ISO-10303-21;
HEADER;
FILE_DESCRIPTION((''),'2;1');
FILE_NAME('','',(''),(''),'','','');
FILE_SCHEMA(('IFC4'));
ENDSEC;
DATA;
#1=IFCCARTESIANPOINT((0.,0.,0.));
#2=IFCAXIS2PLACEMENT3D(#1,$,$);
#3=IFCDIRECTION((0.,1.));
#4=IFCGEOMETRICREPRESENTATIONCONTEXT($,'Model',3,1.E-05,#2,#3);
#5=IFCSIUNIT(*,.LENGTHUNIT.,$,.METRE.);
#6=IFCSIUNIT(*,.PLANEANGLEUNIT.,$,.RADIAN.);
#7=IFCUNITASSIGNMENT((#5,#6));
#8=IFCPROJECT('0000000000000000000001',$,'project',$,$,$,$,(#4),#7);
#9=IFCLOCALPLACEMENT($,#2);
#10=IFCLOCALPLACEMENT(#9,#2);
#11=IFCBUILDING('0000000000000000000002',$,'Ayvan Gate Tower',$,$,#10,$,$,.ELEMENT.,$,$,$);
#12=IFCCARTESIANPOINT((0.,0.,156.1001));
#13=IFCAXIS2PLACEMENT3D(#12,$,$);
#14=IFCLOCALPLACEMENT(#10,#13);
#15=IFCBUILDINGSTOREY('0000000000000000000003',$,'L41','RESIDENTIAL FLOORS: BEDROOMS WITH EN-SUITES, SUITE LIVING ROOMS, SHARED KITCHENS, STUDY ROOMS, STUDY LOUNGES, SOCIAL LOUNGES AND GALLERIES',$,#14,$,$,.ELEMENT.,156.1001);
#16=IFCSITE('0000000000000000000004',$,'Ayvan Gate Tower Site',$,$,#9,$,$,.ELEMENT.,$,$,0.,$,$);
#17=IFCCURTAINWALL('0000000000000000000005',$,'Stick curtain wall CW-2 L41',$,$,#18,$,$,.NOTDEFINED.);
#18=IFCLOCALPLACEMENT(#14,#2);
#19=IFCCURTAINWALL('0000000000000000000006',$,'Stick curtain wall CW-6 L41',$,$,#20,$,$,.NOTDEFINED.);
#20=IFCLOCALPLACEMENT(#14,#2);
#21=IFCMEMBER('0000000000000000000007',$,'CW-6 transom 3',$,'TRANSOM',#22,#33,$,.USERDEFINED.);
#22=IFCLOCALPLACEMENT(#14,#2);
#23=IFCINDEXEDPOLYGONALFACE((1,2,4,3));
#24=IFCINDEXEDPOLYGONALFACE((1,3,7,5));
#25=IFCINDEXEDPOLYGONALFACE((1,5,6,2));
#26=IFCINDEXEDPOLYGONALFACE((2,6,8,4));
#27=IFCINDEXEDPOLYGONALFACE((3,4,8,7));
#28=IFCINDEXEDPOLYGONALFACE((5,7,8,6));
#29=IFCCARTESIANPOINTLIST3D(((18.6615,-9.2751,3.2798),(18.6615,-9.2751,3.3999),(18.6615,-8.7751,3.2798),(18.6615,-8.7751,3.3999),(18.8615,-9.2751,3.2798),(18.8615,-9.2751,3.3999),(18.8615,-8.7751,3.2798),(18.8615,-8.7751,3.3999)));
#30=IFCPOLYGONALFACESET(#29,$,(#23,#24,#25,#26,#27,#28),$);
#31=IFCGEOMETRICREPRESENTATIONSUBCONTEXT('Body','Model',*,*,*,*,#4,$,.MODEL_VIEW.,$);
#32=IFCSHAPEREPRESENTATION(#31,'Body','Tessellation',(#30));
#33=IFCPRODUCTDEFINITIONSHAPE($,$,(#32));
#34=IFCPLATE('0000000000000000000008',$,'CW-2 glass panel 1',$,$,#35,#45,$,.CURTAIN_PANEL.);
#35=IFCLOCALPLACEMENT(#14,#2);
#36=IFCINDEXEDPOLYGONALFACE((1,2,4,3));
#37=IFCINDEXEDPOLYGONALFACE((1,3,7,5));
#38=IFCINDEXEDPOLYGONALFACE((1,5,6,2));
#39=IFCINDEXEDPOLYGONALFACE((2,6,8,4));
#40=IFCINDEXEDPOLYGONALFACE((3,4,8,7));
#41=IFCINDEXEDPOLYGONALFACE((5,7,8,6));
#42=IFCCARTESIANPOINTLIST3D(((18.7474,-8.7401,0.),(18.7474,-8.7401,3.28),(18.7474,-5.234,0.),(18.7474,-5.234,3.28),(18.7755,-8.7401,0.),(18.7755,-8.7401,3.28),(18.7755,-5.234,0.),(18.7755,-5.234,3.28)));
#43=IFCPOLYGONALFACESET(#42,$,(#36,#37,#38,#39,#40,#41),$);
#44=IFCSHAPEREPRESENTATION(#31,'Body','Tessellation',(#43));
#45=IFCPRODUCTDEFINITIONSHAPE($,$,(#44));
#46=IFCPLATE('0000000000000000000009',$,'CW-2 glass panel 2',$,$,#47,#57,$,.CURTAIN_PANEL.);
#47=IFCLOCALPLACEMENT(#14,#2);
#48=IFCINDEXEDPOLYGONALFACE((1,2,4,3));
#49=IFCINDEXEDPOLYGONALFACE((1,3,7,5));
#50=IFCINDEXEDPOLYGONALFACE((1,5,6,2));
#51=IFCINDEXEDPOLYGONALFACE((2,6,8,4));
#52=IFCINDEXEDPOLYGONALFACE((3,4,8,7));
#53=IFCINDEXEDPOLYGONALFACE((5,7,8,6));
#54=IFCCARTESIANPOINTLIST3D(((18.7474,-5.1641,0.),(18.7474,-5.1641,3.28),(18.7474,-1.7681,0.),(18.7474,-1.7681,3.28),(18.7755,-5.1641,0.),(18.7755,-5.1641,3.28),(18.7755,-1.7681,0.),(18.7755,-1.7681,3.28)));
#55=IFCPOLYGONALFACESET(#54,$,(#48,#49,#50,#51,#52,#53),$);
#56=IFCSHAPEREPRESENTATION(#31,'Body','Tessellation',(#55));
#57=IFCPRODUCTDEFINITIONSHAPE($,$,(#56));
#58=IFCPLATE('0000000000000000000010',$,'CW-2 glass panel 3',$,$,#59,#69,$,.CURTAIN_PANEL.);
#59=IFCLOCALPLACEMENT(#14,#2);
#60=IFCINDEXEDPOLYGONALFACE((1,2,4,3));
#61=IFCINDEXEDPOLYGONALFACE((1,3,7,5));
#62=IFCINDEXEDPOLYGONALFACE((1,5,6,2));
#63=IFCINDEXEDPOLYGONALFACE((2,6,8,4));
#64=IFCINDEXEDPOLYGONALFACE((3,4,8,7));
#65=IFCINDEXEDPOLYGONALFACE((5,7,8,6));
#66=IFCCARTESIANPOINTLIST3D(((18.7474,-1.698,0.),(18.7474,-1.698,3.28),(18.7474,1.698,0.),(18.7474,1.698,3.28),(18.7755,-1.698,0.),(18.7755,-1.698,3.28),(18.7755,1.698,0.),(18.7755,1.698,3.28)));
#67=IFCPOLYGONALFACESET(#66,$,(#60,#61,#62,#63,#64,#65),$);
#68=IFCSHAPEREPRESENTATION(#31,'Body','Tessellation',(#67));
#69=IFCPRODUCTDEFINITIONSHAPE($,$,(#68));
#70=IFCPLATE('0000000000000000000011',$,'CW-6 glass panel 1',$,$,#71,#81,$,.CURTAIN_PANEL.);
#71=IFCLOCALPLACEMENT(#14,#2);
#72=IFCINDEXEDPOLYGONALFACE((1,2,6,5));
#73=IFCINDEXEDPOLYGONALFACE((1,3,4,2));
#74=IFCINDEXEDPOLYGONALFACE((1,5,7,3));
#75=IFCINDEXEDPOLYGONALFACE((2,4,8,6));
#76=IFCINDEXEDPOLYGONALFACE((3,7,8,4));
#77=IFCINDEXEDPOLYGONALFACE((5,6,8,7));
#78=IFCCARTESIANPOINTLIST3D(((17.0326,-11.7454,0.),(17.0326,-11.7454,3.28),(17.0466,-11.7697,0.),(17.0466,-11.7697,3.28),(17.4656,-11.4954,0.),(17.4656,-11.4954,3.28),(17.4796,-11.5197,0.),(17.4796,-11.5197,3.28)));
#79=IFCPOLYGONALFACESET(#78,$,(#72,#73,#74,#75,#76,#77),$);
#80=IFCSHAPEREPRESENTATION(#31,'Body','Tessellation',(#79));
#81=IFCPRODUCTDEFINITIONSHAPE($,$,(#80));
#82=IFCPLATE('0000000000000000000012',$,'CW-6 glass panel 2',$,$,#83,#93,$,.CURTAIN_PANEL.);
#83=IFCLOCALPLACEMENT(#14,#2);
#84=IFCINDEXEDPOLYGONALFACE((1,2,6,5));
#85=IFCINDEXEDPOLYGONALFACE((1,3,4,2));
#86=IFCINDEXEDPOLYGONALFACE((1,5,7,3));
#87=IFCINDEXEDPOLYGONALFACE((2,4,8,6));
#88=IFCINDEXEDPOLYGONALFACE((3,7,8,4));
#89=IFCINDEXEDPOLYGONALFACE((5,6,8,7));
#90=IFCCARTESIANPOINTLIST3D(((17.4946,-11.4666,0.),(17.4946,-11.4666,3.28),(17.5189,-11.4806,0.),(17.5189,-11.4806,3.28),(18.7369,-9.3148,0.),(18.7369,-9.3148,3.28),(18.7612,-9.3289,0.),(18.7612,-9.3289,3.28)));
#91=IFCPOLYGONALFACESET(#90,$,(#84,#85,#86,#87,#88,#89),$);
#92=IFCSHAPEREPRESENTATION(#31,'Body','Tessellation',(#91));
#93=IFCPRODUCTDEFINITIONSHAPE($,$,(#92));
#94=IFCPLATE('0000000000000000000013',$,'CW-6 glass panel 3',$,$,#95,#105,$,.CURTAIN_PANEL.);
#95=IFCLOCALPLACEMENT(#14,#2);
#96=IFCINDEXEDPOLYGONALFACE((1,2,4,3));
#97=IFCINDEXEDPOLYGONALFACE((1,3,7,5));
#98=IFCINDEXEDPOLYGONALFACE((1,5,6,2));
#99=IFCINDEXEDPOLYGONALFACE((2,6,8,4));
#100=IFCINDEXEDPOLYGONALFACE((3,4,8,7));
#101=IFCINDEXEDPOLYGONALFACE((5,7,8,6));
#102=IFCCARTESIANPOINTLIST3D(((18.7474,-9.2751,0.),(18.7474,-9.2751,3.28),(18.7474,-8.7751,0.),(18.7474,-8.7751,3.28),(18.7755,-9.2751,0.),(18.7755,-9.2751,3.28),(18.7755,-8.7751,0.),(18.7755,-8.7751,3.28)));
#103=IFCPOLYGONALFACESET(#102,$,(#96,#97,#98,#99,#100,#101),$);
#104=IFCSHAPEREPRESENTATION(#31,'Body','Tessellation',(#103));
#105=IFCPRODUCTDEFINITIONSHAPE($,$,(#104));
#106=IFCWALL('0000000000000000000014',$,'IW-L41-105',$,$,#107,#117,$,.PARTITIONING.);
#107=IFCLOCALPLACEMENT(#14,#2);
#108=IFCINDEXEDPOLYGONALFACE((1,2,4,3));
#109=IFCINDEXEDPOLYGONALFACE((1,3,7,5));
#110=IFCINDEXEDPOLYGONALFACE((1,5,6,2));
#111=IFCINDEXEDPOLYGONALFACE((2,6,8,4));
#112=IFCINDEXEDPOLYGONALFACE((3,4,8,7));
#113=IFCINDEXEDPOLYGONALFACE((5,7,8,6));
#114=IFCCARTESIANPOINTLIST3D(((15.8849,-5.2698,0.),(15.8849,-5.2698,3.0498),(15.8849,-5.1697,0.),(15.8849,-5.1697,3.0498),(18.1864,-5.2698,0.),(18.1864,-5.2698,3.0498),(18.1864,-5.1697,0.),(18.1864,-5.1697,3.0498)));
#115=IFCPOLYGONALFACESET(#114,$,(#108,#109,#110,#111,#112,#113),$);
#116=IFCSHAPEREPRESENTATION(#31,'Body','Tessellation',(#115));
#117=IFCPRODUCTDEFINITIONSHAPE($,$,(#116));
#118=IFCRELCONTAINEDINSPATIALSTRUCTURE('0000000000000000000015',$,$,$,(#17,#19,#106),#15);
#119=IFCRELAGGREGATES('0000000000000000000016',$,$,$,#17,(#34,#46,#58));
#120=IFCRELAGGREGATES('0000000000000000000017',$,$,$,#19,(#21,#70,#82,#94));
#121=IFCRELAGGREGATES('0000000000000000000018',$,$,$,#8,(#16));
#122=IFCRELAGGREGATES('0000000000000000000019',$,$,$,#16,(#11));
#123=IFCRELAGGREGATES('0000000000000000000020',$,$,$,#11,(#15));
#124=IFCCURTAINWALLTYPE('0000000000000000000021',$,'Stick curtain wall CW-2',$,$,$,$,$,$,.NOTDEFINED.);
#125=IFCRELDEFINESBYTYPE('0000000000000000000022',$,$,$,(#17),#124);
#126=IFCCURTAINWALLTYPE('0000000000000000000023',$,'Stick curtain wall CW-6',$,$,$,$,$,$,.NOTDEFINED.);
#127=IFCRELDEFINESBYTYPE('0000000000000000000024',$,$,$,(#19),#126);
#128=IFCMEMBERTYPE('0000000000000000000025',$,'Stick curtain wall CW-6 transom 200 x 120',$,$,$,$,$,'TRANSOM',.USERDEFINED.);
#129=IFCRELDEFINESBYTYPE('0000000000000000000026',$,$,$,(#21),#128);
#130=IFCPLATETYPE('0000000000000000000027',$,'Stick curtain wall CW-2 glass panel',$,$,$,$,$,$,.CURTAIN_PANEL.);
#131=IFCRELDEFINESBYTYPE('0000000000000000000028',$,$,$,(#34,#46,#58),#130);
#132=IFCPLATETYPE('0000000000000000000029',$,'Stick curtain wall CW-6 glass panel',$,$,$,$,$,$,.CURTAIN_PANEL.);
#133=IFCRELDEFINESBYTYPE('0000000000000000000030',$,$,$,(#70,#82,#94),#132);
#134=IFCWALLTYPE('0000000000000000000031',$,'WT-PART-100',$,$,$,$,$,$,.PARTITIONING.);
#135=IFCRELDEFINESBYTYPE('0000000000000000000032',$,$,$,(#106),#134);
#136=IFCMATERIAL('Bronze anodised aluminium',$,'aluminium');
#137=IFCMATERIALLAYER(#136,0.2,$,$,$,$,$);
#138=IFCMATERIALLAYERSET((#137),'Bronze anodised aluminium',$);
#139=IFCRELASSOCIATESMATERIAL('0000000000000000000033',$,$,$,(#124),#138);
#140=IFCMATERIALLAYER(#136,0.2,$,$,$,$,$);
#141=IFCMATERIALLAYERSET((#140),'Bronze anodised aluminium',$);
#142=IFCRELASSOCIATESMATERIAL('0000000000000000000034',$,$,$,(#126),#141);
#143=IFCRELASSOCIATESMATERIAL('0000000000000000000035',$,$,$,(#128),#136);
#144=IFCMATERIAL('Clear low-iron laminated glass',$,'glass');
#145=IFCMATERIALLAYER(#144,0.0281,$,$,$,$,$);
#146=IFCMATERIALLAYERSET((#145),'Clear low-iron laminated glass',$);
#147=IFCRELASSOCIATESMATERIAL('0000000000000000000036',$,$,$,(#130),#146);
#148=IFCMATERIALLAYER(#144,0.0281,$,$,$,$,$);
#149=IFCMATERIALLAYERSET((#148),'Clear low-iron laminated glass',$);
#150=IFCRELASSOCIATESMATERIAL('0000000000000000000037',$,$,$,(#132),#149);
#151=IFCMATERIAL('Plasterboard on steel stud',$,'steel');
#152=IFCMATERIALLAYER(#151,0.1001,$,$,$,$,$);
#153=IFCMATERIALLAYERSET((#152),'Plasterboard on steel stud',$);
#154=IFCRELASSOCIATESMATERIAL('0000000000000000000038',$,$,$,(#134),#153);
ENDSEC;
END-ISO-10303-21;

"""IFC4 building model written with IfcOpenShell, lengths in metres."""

from ifc_helpers import new_model, si_unit, direction, frame, frame_2d, origin, origin_2d, place, context, subcontext, project, spatial, rectangle, extrude, material, layer, layer_set, material_profile, profile_set, type_object, element, aggregate, save


model = new_model("IFC4")

# Units and contexts
model_context = context("Model", 3, precision=1e-05, world=origin(), true_north=direction((0.0, 1.0)))
body_context = subcontext(model_context, "Body", "Model", "MODEL_VIEW")
ifc_project = project(units=[si_unit("LENGTHUNIT", "METRE"), si_unit("PLANEANGLEUNIT", "RADIAN")], contexts=[model_context])

# Site, building, storey
site_placement = place(None, origin())
site = spatial("IfcSite", under=ifc_project, at=site_placement, Name="Ayvan Gate Tower Site", CompositionType="ELEMENT", RefElevation=0.0)
building_placement = place(site_placement, origin())
building = spatial("IfcBuilding", under=site, at=building_placement, Name="Ayvan Gate Tower", CompositionType="ELEMENT")
storey_placement = place(building_placement, frame((0.0, 0.0, 156.1001)))
storey = spatial("IfcBuildingStorey", under=building, at=storey_placement, Name="L41", Description="RESIDENTIAL FLOORS: BEDROOMS WITH EN-SUITES, SUITE LIVING ROOMS, SHARED KITCHENS, STUDY ROOMS, STUDY LOUNGES, SOCIAL LOUNGES AND GALLERIES", CompositionType="ELEMENT", Elevation=156.1001)

# Curtain walls, member
ifc_material_1 = material(Name="Bronze anodised aluminium", Category="aluminium")
ifc_layer_1 = layer(ifc_material_1, 0.2)
ifc_layer_set_1 = layer_set([ifc_layer_1], Name="Bronze anodised aluminium")
curtain_wall_type_1 = type_object("IfcCurtainWallType", Name="Stick curtain wall CW-2", PredefinedType="NOTDEFINED", material=ifc_layer_set_1)
curtain_wall_1_placement = place(storey_placement, origin())
curtain_wall_1 = element("IfcCurtainWall", 1, at=curtain_wall_1_placement, inside=storey, type_object=curtain_wall_type_1, Name="Stick curtain wall CW-2 L41", PredefinedType="NOTDEFINED")
ifc_layer_2 = layer(ifc_material_1, 0.2)
ifc_layer_set_2 = layer_set([ifc_layer_2], Name="Bronze anodised aluminium")
curtain_wall_type_2 = type_object("IfcCurtainWallType", Name="Stick curtain wall CW-6", PredefinedType="NOTDEFINED", material=ifc_layer_set_2)
curtain_wall_2_placement = place(storey_placement, origin())
curtain_wall_2 = element("IfcCurtainWall", 2, at=curtain_wall_2_placement, inside=storey, type_object=curtain_wall_type_2, Name="Stick curtain wall CW-6 L41", PredefinedType="NOTDEFINED")
ifc_material_profile_1 = material_profile(ifc_material_1, rectangle(XDim=0.2, YDim=0.1201, at=origin_2d()), Name="Stick curtain wall CW-6 transom 200 x 120")
ifc_profile_set_1 = profile_set([ifc_material_profile_1], Name="Bronze anodised aluminium")
member_type_1 = type_object("IfcMemberType", Name="Stick curtain wall CW-6 transom 200 x 120", ElementType="TRANSOM", PredefinedType="USERDEFINED", material=ifc_profile_set_1)
member_1_placement = place(storey_placement, frame((18.7615, -9.2751, 3.3398), z_axis=(0.0, 1.0, 0.0), x_axis=(-1.0, 0.0, 0.0)))
member_1 = element("IfcMember", 3, at=member_1_placement, type_object=member_type_1, Name="CW-6 transom 3", ObjectType="TRANSOM", PredefinedType="USERDEFINED", context=body_context, shape_type="SweptSolid", body=[
    extrude(rectangle(XDim=0.2, YDim=0.1201, at=origin_2d()), origin(), (0.0, 0.0, 1.0), 0.5),
])

# Plates
ifc_material_2 = material(Name="Clear low-iron laminated glass", Category="glass")
ifc_layer_3 = layer(ifc_material_2, 0.0281)
ifc_layer_set_3 = layer_set([ifc_layer_3], Name="Clear low-iron laminated glass")
plate_type_1 = type_object("IfcPlateType", Name="Stick curtain wall CW-2 glass panel", PredefinedType="CURTAIN_PANEL", material=ifc_layer_set_3)
plate_1_placement = place(storey_placement, frame((18.7615, -6.9871, 0.0), z_axis=(0.0, 0.0, 1.0), x_axis=(0.0, 1.0, 0.0)))
plate_1 = element("IfcPlate", 4, at=plate_1_placement, type_object=plate_type_1, Name="CW-2 glass panel 1", PredefinedType="CURTAIN_PANEL", context=body_context, shape_type="SweptSolid", body=[
    extrude(rectangle(XDim=3.5061, YDim=0.0281, at=origin_2d()), origin(), (0.0, 0.0, 1.0), 3.28),
])
plate_2_placement = place(storey_placement, frame((18.7615, -3.4661, 0.0), z_axis=(0.0, 0.0, 1.0), x_axis=(0.0, 1.0, 0.0)))
plate_2 = element("IfcPlate", 5, at=plate_2_placement, type_object=plate_type_1, Name="CW-2 glass panel 2", PredefinedType="CURTAIN_PANEL", context=body_context, shape_type="SweptSolid", body=[
    extrude(rectangle(XDim=3.396, YDim=0.0281, at=origin_2d()), origin(), (0.0, 0.0, 1.0), 3.28),
])
plate_3_placement = place(storey_placement, frame((18.7615, 0.0, 0.0), z_axis=(0.0, 0.0, 1.0), x_axis=(0.0, 1.0, 0.0)))
plate_3 = element("IfcPlate", 6, at=plate_3_placement, type_object=plate_type_1, Name="CW-2 glass panel 3", PredefinedType="CURTAIN_PANEL", context=body_context, shape_type="SweptSolid", body=[
    extrude(rectangle(XDim=3.396, YDim=0.0281, at=origin_2d()), origin(), (0.0, 0.0, 1.0), 3.28),
])
aggregate(curtain_wall_1, [plate_1, plate_2, plate_3])
ifc_layer_4 = layer(ifc_material_2, 0.0281)
ifc_layer_set_4 = layer_set([ifc_layer_4], Name="Clear low-iron laminated glass")
plate_type_2 = type_object("IfcPlateType", Name="Stick curtain wall CW-6 glass panel", PredefinedType="CURTAIN_PANEL", material=ifc_layer_set_4)
plate_4_placement = place(storey_placement, frame((17.2561, -11.6326, 0.0), z_axis=(0.0, 0.0, 1.0), x_axis=(0.866025, 0.5, 0.0)))
plate_4 = element("IfcPlate", 7, at=plate_4_placement, type_object=plate_type_2, Name="CW-6 glass panel 1", PredefinedType="CURTAIN_PANEL", context=body_context, shape_type="SweptSolid", body=[
    extrude(rectangle(XDim=0.5, YDim=0.0281, at=origin_2d()), origin(), (0.0, 0.0, 1.0), 3.28),
])
plate_5_placement = place(storey_placement, frame((18.1279, -10.3977, 0.0), z_axis=(0.0, 0.0, 1.0), x_axis=(0.5, 0.866025, 0.0)))
plate_5 = element("IfcPlate", 8, at=plate_5_placement, type_object=plate_type_2, Name="CW-6 glass panel 2", PredefinedType="CURTAIN_PANEL", context=body_context, shape_type="SweptSolid", body=[
    extrude(rectangle(XDim=2.4846, YDim=0.0281, at=origin_2d()), origin(), (0.0, 0.0, 1.0), 3.28),
])
plate_6_placement = place(storey_placement, frame((18.7615, -9.0251, 0.0), z_axis=(0.0, 0.0, 1.0), x_axis=(0.0, 1.0, 0.0)))
plate_6 = element("IfcPlate", 9, at=plate_6_placement, type_object=plate_type_2, Name="CW-6 glass panel 3", PredefinedType="CURTAIN_PANEL", context=body_context, shape_type="SweptSolid", body=[
    extrude(rectangle(XDim=0.5, YDim=0.0281, at=origin_2d()), origin(), (0.0, 0.0, 1.0), 3.28),
])
aggregate(curtain_wall_2, [member_1, plate_4, plate_5, plate_6])

# Wall
ifc_material_3 = material(Name="Plasterboard on steel stud", Category="steel")
ifc_layer_5 = layer(ifc_material_3, 0.1001)
ifc_layer_set_5 = layer_set([ifc_layer_5], Name="Plasterboard on steel stud")
wall_type = type_object("IfcWallType", Name="WT-PART-100", PredefinedType="PARTITIONING", material=ifc_layer_set_5)
wall_placement = place(storey_placement, frame((18.1865, -5.2197, 0.0), z_axis=(0.0, 0.0, 1.0), x_axis=(-1.0, 0.0, 0.0)))
element("IfcWall", 10, at=wall_placement, inside=storey, type_object=wall_type, Name="IW-L41-105", PredefinedType="PARTITIONING", context=body_context, shape_type="SweptSolid", body=[
    extrude(rectangle(XDim=2.3015, YDim=0.1001, at=frame_2d((1.1509, 0.0))), origin(), (0.0, 0.0, 1.0), 3.0498),
])

save(model, "model.ifc")
